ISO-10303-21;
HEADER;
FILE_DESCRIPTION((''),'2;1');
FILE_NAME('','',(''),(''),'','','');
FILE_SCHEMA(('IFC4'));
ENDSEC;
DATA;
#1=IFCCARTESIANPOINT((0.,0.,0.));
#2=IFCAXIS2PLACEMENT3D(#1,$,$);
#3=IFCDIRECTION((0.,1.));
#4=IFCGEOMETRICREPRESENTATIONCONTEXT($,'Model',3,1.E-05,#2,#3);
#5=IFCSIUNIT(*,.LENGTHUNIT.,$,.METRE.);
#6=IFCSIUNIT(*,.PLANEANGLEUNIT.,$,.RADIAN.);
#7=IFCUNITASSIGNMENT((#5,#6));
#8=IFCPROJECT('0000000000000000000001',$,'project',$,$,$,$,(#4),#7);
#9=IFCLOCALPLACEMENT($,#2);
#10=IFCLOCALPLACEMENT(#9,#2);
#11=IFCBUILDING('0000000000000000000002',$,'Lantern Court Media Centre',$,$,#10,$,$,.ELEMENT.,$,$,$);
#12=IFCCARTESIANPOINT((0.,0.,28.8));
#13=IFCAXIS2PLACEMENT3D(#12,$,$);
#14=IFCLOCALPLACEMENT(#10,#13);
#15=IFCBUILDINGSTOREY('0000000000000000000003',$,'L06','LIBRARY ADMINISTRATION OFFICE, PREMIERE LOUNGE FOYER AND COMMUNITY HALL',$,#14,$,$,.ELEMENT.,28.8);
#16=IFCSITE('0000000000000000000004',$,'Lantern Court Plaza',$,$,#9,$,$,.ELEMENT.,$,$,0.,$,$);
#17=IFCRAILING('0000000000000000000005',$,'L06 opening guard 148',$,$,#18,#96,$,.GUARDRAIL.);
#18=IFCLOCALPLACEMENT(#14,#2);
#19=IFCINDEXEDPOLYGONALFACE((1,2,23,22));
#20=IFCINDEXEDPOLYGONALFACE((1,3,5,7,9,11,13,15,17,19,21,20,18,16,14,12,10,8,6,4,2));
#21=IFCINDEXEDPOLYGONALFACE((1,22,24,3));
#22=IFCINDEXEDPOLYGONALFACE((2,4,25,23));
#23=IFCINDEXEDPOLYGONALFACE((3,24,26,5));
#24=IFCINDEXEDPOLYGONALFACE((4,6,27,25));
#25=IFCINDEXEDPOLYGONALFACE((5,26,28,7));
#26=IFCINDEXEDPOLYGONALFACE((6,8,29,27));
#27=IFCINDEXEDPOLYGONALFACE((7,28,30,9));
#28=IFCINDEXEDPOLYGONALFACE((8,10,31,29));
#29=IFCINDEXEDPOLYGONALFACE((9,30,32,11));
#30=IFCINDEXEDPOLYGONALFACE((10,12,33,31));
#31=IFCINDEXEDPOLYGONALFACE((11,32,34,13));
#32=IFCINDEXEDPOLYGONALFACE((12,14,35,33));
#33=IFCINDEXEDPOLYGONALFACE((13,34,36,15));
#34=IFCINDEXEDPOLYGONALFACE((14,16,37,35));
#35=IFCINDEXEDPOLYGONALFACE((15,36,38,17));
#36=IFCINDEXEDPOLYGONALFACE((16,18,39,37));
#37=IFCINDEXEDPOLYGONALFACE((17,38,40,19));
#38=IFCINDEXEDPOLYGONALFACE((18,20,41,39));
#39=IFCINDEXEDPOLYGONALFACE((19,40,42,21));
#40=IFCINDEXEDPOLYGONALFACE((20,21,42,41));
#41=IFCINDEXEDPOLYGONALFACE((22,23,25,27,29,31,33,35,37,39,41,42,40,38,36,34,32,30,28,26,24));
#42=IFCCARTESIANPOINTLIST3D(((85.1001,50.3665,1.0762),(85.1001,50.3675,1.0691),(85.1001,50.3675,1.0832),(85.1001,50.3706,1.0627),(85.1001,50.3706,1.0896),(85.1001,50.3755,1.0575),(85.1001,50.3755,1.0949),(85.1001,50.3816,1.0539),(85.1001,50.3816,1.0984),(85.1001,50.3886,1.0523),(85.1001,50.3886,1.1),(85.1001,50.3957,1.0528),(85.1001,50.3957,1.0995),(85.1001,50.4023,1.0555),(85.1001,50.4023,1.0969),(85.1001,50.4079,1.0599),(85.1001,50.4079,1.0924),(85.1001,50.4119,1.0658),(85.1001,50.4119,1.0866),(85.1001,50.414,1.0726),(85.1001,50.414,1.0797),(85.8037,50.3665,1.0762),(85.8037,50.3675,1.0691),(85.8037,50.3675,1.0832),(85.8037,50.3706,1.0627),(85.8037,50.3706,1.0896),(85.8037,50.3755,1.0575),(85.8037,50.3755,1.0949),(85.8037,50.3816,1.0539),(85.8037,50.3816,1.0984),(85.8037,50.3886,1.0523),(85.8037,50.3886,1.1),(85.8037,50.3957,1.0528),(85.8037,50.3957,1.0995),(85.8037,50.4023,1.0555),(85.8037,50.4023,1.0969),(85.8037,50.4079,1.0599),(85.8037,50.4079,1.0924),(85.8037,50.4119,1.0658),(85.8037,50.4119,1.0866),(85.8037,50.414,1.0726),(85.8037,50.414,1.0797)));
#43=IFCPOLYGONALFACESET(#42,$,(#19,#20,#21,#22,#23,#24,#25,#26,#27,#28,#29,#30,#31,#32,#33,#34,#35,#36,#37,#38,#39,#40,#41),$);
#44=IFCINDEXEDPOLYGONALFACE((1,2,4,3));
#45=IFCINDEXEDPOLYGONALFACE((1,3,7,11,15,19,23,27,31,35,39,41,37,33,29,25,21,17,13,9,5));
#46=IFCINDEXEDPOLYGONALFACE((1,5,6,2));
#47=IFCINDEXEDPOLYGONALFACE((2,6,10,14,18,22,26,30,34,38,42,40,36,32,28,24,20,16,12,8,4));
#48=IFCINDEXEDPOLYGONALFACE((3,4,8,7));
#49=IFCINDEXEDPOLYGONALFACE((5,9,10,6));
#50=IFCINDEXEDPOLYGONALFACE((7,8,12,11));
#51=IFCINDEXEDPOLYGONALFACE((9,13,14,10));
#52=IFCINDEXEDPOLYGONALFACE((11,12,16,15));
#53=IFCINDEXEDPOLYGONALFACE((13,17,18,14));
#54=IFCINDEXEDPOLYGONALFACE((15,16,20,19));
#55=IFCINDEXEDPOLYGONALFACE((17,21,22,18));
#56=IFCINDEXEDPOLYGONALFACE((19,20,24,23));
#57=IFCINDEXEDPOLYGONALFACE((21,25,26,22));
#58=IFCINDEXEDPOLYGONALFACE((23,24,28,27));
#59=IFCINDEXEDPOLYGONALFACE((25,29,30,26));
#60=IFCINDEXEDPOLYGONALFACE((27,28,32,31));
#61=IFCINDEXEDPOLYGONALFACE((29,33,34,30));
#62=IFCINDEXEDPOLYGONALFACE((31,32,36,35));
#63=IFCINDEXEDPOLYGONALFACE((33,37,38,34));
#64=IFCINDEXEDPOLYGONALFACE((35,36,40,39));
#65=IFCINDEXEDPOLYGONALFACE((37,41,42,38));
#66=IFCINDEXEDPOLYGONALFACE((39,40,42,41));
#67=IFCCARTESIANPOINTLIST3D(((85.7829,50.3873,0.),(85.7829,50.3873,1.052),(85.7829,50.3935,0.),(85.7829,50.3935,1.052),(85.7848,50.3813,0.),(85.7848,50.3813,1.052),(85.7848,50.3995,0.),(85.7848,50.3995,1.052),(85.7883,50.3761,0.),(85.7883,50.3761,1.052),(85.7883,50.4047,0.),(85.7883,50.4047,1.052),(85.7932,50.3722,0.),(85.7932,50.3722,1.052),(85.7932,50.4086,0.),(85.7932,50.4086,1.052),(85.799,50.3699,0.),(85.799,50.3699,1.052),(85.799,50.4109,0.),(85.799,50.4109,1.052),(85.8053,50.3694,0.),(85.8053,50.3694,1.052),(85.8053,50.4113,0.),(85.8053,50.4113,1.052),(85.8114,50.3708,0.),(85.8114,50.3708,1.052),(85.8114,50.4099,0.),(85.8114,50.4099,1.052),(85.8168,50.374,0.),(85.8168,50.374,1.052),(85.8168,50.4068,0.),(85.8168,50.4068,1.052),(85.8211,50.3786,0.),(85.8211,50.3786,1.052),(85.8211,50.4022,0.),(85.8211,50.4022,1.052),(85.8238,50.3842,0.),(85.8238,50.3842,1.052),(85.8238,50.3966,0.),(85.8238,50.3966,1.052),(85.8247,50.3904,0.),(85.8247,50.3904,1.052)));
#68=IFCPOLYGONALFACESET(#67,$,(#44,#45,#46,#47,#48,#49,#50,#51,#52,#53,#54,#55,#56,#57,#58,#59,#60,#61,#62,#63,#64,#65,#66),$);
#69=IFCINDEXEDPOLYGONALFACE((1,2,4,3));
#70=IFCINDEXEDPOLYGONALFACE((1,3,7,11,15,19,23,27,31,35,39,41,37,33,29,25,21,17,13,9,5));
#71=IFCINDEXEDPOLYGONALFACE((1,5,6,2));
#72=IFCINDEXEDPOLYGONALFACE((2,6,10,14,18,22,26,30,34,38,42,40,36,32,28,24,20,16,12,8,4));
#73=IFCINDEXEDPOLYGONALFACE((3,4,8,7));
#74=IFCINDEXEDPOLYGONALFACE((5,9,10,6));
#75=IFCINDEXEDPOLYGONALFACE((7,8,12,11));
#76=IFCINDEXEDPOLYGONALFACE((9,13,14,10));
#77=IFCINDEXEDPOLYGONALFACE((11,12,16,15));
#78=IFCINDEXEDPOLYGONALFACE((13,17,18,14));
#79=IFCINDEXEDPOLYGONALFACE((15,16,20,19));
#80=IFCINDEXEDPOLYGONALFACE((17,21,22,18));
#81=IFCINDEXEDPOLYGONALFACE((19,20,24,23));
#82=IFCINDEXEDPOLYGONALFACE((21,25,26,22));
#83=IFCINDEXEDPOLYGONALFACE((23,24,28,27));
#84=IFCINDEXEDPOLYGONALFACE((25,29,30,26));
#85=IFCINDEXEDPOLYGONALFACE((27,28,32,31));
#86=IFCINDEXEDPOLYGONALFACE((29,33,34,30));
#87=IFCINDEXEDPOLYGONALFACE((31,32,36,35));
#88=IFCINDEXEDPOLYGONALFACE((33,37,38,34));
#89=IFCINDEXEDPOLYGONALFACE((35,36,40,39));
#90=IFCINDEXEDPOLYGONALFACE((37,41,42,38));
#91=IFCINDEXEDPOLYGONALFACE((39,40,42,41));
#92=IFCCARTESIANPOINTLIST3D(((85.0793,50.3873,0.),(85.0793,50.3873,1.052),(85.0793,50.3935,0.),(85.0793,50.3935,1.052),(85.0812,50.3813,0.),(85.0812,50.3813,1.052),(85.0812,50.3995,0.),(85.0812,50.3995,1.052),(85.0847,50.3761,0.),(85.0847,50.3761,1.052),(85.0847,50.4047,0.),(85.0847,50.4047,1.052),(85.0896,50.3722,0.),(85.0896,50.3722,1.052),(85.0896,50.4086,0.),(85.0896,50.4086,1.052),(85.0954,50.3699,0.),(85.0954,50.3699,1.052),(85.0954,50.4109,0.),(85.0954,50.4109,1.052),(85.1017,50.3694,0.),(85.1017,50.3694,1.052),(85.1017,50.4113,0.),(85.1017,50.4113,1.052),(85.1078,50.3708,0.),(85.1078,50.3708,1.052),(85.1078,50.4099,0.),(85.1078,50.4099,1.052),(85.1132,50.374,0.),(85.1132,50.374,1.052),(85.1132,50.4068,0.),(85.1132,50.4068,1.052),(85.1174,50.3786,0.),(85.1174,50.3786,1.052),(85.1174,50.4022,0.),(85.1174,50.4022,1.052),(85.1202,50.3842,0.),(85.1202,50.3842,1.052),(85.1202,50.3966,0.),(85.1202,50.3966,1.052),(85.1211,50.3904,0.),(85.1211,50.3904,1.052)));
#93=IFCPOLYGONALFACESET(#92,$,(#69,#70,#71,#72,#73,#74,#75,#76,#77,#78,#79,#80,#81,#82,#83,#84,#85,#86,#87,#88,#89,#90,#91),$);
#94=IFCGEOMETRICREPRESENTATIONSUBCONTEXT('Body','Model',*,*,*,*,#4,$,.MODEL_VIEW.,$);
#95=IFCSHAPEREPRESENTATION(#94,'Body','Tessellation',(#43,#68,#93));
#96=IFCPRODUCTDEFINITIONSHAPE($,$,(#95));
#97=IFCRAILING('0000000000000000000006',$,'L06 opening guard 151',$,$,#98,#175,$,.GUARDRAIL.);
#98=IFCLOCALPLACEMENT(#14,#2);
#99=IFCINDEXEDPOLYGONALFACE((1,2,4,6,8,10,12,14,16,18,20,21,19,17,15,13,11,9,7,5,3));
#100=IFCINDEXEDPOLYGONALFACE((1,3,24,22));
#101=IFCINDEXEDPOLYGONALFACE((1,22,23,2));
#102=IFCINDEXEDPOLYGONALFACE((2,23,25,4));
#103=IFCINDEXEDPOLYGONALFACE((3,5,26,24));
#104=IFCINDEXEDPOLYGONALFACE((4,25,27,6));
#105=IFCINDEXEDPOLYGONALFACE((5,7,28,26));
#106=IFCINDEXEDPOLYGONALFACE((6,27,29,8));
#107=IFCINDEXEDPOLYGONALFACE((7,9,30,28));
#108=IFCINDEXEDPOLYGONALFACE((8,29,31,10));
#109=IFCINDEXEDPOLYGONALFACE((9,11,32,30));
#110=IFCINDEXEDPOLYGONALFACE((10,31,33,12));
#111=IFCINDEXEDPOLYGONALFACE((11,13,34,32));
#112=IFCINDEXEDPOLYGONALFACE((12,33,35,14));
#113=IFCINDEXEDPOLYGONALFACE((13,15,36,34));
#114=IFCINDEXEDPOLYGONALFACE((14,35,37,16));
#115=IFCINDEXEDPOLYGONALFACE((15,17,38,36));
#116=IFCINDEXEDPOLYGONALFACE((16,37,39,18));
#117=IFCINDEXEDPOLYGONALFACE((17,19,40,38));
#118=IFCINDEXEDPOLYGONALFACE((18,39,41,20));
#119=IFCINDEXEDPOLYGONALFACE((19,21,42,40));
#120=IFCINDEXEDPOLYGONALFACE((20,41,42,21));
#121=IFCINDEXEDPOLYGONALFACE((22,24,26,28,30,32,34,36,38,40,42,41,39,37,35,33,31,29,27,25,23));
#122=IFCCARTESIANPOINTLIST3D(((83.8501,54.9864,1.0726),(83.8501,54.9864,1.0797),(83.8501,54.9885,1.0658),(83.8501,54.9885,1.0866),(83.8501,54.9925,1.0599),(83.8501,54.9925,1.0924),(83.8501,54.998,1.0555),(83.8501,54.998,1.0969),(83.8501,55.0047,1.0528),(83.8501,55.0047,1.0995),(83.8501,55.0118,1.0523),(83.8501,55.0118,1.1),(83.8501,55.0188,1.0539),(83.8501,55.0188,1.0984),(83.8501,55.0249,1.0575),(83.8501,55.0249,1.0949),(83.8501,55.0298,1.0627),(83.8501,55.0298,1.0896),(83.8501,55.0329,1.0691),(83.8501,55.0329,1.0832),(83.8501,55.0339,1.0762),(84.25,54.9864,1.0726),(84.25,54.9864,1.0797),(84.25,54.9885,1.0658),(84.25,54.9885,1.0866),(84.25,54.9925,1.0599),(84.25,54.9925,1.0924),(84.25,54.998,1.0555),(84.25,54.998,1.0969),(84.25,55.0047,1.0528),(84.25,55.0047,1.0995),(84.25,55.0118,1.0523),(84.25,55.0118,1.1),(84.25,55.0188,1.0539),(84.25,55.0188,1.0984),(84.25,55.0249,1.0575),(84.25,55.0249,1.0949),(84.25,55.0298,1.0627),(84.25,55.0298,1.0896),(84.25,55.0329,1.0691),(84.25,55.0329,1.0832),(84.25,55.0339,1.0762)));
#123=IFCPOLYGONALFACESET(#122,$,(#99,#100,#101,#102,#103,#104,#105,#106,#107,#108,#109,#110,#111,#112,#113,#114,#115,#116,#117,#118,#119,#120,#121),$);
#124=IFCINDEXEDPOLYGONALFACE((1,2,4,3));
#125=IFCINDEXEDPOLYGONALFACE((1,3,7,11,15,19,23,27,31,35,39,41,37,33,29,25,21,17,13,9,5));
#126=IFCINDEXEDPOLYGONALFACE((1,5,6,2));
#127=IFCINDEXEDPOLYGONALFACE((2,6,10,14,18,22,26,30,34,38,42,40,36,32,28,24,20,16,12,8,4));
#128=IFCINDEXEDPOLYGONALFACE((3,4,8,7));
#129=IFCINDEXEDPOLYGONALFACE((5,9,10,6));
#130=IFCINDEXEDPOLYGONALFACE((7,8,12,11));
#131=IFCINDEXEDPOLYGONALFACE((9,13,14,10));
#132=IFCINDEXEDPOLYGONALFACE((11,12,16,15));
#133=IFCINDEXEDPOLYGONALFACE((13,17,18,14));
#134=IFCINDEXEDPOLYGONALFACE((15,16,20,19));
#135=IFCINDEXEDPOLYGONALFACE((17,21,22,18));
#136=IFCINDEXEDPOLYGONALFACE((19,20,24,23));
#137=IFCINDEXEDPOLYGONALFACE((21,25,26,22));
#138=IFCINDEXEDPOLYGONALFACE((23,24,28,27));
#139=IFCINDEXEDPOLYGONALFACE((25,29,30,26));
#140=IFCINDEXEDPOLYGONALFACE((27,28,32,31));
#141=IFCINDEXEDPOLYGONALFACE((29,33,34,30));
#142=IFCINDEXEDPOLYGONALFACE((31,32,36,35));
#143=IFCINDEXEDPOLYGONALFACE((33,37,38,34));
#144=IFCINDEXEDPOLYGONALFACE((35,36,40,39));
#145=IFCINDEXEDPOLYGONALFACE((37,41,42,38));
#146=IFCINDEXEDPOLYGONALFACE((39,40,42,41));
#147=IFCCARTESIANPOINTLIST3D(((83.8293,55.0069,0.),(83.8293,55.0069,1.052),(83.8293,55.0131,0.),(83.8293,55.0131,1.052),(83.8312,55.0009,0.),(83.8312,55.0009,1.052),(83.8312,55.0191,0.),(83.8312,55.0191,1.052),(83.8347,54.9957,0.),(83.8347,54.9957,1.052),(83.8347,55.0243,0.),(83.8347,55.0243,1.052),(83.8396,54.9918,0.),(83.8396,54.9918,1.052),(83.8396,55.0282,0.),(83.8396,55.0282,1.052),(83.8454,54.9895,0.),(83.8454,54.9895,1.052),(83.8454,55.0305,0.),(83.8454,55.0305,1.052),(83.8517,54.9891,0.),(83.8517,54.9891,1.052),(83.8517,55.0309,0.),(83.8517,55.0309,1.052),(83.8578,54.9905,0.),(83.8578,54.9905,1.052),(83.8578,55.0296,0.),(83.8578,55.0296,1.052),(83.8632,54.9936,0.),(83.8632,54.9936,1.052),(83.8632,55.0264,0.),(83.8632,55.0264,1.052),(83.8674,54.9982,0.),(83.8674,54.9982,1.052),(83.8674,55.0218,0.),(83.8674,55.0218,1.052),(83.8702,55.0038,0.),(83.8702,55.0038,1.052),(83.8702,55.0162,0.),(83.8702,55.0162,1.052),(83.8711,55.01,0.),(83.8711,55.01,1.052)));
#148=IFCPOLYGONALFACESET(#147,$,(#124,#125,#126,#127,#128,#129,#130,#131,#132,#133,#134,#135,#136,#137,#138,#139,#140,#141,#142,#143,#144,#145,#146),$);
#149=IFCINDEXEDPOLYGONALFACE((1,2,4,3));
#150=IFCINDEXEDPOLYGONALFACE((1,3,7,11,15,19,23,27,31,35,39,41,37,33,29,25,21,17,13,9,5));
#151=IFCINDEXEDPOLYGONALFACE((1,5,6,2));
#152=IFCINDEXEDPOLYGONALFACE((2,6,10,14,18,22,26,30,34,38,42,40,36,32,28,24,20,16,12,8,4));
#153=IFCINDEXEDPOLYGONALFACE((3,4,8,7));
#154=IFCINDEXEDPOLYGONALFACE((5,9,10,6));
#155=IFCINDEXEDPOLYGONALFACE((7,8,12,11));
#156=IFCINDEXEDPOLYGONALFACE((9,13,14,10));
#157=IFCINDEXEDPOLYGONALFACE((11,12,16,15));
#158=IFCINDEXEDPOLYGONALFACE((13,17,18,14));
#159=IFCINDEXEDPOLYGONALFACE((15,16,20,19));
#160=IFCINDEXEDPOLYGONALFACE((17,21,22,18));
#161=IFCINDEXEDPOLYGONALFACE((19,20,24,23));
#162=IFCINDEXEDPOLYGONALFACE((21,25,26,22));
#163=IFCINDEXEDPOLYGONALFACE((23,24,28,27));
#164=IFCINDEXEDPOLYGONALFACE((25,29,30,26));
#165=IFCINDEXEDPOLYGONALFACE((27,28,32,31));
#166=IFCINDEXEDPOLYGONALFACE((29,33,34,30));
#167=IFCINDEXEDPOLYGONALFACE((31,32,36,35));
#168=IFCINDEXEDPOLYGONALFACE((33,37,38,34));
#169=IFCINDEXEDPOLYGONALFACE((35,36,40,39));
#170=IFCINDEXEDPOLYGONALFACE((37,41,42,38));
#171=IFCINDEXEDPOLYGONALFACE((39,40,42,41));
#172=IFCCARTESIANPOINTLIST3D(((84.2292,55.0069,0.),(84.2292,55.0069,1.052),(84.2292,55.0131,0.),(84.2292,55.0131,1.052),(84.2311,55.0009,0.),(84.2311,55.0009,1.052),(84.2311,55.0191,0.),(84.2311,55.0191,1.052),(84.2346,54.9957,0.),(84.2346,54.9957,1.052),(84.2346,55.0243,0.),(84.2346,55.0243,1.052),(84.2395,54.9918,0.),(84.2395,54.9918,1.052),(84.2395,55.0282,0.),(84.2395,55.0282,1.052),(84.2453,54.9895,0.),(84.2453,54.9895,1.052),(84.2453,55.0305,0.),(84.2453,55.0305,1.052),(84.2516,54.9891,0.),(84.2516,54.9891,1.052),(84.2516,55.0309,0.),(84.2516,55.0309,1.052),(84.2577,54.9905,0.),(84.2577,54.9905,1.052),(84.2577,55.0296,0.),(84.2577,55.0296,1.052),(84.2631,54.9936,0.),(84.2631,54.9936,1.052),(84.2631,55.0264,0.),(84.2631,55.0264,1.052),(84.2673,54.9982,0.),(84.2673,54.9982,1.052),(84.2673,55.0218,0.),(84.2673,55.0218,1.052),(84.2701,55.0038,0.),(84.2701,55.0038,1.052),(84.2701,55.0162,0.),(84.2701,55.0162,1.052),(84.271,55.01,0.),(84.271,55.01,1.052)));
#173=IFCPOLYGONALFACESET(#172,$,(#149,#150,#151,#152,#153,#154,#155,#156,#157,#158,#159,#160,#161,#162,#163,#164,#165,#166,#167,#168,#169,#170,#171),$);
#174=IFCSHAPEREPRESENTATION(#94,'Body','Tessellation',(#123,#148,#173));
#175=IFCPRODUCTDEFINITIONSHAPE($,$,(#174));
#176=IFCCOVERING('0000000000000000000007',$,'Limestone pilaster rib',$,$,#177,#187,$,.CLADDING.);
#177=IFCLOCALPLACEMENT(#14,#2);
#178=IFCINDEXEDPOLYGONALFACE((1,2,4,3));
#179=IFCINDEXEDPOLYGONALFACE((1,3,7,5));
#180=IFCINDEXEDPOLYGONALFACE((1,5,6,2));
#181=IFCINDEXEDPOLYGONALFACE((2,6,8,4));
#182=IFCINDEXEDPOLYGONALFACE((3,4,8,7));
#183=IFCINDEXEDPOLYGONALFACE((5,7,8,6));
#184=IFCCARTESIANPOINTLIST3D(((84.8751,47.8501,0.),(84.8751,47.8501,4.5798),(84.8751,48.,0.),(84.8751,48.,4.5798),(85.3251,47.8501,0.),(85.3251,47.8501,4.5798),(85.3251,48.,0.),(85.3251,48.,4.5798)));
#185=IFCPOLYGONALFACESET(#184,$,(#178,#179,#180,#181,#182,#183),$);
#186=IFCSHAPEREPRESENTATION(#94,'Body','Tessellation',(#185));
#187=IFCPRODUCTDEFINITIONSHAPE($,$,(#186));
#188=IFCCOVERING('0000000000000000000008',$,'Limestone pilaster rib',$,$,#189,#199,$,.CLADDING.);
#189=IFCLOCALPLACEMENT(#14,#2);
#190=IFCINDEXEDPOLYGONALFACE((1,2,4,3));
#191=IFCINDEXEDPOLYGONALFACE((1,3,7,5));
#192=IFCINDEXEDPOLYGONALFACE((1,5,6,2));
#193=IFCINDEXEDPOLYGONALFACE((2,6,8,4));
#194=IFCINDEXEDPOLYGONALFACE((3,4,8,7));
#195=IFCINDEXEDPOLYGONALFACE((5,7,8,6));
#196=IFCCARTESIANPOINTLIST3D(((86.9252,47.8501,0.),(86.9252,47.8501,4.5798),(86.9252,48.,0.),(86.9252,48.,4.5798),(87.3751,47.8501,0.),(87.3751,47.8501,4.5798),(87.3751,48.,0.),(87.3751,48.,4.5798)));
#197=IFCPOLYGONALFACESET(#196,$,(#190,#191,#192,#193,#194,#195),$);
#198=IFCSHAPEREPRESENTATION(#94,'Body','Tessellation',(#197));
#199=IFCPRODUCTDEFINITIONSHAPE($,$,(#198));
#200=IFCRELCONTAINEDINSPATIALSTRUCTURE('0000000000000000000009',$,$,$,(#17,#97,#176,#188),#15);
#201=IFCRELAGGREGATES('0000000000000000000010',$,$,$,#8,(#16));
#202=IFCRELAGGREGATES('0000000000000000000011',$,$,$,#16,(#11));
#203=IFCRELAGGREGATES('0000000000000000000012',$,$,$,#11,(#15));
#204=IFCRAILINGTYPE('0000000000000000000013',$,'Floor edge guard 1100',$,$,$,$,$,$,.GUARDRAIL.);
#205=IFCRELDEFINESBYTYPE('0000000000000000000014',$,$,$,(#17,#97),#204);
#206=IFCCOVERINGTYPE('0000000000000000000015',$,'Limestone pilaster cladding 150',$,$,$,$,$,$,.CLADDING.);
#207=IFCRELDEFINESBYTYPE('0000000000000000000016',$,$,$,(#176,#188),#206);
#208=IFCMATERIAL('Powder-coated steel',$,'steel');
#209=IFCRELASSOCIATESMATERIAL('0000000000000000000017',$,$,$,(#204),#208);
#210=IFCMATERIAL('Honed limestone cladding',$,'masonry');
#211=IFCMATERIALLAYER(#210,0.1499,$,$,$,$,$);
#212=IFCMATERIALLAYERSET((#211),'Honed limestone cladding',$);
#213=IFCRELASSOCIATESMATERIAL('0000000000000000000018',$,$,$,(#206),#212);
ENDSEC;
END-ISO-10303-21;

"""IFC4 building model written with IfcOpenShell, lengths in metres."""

from ifc_helpers import new_model, si_unit, direction, frame, frame_2d, origin, origin_2d, place, context, subcontext, project, spatial, rectangle, circle, extrude, material, layer, layer_set, type_object, element, save


model = new_model("IFC4")

# Units and contexts
model_context = context("Model", 3, precision=1e-05, world=origin(), true_north=direction((0.0, 1.0)))
body_context = subcontext(model_context, "Body", "Model", "MODEL_VIEW")
ifc_project = project(units=[si_unit("LENGTHUNIT", "METRE"), si_unit("PLANEANGLEUNIT", "RADIAN")], contexts=[model_context])

# Site, building, storey
site_placement = place(None, origin())
site = spatial("IfcSite", under=ifc_project, at=site_placement, Name="Lantern Court Plaza", CompositionType="ELEMENT", RefElevation=0.0)
building_placement = place(site_placement, origin())
building = spatial("IfcBuilding", under=site, at=building_placement, Name="Lantern Court Media Centre", CompositionType="ELEMENT")
storey_placement = place(building_placement, frame((0.0, 0.0, 28.8)))
storey = spatial("IfcBuildingStorey", under=building, at=storey_placement, Name="L06", Description="LIBRARY ADMINISTRATION OFFICE, PREMIERE LOUNGE FOYER AND COMMUNITY HALL", CompositionType="ELEMENT", Elevation=28.8)

# Railings
ifc_material_1 = material(Name="Powder-coated steel", Category="steel")
railing_type_1 = type_object("IfcRailingType", Name="Floor edge guard 1100", PredefinedType="GUARDRAIL", material=ifc_material_1)
railing_1_placement = place(storey_placement, frame((85.8037, 50.3904, 0.0)))
element("IfcRailing", 1, at=railing_1_placement, inside=storey, type_object=railing_type_1, Name="L06 opening guard 148", PredefinedType="GUARDRAIL", context=body_context, shape_type="SweptSolid", body=[
    extrude(circle(Radius=0.0239, at=origin_2d()), frame((0.0, 0.0, 1.0762), z_axis=(-1.0, 0.0, 0.0), x_axis=(0.0, -1.0, 0.0)), (0.0, 0.0, 1.0), 0.7036),
    extrude(circle(Radius=0.021, at=origin_2d()), origin(), (0.0, 0.0, 1.0), 1.052),
    extrude(circle(Radius=0.021, at=origin_2d()), frame((-0.7036, 0.0, 0.0)), (0.0, 0.0, 1.0), 1.052),
])
railing_2_placement = place(storey_placement, frame((83.8501, 55.01, 0.0)))
element("IfcRailing", 2, at=railing_2_placement, inside=storey, type_object=railing_type_1, Name="L06 opening guard 151", PredefinedType="GUARDRAIL", context=body_context, shape_type="SweptSolid", body=[
    extrude(circle(Radius=0.0239, at=origin_2d()), frame((0.0, 0.0, 1.0762), z_axis=(1.0, 0.0, 0.0), x_axis=(0.0, 1.0, 0.0)), (0.0, 0.0, 1.0), 0.3999),
    extrude(circle(Radius=0.021, at=origin_2d()), origin(), (0.0, 0.0, 1.0), 1.052),
    extrude(circle(Radius=0.021, at=origin_2d()), frame((0.3999, 0.0, 0.0)), (0.0, 0.0, 1.0), 1.052),
])

# Coverings
ifc_material_2 = material(Name="Honed limestone cladding", Category="masonry")
ifc_layer_1 = layer(ifc_material_2, 0.1499)
ifc_layer_set_1 = layer_set([ifc_layer_1], Name="Honed limestone cladding")
covering_type = type_object("IfcCoveringType", Name="Limestone pilaster cladding 150", PredefinedType="CLADDING", material=ifc_layer_set_1)
for number, where, z_axis, x_axis, name in (
    (3, (84.875, 47.925, 0.0), (0.0, 0.0, 1.0), (1.0, 0.0, 0.0), "Limestone pilaster rib"),
    (4, (86.925, 47.925, 0.0), (0.0, 0.0, 1.0), (1.0, 0.0, 0.0), "Limestone pilaster rib"),
):
    element("IfcCovering", number, at=place(storey_placement, frame(where, z_axis=z_axis, x_axis=x_axis)), inside=storey, type_object=covering_type, Name=name, PredefinedType="CLADDING", context=body_context, shape_type="SweptSolid", body=[
        extrude(rectangle(XDim=0.45, YDim=0.1499, at=frame_2d((0.2251, 0.0))), origin(), (0.0, 0.0, 1.0), 4.5798),
    ])

save(model, "model.ifc")
